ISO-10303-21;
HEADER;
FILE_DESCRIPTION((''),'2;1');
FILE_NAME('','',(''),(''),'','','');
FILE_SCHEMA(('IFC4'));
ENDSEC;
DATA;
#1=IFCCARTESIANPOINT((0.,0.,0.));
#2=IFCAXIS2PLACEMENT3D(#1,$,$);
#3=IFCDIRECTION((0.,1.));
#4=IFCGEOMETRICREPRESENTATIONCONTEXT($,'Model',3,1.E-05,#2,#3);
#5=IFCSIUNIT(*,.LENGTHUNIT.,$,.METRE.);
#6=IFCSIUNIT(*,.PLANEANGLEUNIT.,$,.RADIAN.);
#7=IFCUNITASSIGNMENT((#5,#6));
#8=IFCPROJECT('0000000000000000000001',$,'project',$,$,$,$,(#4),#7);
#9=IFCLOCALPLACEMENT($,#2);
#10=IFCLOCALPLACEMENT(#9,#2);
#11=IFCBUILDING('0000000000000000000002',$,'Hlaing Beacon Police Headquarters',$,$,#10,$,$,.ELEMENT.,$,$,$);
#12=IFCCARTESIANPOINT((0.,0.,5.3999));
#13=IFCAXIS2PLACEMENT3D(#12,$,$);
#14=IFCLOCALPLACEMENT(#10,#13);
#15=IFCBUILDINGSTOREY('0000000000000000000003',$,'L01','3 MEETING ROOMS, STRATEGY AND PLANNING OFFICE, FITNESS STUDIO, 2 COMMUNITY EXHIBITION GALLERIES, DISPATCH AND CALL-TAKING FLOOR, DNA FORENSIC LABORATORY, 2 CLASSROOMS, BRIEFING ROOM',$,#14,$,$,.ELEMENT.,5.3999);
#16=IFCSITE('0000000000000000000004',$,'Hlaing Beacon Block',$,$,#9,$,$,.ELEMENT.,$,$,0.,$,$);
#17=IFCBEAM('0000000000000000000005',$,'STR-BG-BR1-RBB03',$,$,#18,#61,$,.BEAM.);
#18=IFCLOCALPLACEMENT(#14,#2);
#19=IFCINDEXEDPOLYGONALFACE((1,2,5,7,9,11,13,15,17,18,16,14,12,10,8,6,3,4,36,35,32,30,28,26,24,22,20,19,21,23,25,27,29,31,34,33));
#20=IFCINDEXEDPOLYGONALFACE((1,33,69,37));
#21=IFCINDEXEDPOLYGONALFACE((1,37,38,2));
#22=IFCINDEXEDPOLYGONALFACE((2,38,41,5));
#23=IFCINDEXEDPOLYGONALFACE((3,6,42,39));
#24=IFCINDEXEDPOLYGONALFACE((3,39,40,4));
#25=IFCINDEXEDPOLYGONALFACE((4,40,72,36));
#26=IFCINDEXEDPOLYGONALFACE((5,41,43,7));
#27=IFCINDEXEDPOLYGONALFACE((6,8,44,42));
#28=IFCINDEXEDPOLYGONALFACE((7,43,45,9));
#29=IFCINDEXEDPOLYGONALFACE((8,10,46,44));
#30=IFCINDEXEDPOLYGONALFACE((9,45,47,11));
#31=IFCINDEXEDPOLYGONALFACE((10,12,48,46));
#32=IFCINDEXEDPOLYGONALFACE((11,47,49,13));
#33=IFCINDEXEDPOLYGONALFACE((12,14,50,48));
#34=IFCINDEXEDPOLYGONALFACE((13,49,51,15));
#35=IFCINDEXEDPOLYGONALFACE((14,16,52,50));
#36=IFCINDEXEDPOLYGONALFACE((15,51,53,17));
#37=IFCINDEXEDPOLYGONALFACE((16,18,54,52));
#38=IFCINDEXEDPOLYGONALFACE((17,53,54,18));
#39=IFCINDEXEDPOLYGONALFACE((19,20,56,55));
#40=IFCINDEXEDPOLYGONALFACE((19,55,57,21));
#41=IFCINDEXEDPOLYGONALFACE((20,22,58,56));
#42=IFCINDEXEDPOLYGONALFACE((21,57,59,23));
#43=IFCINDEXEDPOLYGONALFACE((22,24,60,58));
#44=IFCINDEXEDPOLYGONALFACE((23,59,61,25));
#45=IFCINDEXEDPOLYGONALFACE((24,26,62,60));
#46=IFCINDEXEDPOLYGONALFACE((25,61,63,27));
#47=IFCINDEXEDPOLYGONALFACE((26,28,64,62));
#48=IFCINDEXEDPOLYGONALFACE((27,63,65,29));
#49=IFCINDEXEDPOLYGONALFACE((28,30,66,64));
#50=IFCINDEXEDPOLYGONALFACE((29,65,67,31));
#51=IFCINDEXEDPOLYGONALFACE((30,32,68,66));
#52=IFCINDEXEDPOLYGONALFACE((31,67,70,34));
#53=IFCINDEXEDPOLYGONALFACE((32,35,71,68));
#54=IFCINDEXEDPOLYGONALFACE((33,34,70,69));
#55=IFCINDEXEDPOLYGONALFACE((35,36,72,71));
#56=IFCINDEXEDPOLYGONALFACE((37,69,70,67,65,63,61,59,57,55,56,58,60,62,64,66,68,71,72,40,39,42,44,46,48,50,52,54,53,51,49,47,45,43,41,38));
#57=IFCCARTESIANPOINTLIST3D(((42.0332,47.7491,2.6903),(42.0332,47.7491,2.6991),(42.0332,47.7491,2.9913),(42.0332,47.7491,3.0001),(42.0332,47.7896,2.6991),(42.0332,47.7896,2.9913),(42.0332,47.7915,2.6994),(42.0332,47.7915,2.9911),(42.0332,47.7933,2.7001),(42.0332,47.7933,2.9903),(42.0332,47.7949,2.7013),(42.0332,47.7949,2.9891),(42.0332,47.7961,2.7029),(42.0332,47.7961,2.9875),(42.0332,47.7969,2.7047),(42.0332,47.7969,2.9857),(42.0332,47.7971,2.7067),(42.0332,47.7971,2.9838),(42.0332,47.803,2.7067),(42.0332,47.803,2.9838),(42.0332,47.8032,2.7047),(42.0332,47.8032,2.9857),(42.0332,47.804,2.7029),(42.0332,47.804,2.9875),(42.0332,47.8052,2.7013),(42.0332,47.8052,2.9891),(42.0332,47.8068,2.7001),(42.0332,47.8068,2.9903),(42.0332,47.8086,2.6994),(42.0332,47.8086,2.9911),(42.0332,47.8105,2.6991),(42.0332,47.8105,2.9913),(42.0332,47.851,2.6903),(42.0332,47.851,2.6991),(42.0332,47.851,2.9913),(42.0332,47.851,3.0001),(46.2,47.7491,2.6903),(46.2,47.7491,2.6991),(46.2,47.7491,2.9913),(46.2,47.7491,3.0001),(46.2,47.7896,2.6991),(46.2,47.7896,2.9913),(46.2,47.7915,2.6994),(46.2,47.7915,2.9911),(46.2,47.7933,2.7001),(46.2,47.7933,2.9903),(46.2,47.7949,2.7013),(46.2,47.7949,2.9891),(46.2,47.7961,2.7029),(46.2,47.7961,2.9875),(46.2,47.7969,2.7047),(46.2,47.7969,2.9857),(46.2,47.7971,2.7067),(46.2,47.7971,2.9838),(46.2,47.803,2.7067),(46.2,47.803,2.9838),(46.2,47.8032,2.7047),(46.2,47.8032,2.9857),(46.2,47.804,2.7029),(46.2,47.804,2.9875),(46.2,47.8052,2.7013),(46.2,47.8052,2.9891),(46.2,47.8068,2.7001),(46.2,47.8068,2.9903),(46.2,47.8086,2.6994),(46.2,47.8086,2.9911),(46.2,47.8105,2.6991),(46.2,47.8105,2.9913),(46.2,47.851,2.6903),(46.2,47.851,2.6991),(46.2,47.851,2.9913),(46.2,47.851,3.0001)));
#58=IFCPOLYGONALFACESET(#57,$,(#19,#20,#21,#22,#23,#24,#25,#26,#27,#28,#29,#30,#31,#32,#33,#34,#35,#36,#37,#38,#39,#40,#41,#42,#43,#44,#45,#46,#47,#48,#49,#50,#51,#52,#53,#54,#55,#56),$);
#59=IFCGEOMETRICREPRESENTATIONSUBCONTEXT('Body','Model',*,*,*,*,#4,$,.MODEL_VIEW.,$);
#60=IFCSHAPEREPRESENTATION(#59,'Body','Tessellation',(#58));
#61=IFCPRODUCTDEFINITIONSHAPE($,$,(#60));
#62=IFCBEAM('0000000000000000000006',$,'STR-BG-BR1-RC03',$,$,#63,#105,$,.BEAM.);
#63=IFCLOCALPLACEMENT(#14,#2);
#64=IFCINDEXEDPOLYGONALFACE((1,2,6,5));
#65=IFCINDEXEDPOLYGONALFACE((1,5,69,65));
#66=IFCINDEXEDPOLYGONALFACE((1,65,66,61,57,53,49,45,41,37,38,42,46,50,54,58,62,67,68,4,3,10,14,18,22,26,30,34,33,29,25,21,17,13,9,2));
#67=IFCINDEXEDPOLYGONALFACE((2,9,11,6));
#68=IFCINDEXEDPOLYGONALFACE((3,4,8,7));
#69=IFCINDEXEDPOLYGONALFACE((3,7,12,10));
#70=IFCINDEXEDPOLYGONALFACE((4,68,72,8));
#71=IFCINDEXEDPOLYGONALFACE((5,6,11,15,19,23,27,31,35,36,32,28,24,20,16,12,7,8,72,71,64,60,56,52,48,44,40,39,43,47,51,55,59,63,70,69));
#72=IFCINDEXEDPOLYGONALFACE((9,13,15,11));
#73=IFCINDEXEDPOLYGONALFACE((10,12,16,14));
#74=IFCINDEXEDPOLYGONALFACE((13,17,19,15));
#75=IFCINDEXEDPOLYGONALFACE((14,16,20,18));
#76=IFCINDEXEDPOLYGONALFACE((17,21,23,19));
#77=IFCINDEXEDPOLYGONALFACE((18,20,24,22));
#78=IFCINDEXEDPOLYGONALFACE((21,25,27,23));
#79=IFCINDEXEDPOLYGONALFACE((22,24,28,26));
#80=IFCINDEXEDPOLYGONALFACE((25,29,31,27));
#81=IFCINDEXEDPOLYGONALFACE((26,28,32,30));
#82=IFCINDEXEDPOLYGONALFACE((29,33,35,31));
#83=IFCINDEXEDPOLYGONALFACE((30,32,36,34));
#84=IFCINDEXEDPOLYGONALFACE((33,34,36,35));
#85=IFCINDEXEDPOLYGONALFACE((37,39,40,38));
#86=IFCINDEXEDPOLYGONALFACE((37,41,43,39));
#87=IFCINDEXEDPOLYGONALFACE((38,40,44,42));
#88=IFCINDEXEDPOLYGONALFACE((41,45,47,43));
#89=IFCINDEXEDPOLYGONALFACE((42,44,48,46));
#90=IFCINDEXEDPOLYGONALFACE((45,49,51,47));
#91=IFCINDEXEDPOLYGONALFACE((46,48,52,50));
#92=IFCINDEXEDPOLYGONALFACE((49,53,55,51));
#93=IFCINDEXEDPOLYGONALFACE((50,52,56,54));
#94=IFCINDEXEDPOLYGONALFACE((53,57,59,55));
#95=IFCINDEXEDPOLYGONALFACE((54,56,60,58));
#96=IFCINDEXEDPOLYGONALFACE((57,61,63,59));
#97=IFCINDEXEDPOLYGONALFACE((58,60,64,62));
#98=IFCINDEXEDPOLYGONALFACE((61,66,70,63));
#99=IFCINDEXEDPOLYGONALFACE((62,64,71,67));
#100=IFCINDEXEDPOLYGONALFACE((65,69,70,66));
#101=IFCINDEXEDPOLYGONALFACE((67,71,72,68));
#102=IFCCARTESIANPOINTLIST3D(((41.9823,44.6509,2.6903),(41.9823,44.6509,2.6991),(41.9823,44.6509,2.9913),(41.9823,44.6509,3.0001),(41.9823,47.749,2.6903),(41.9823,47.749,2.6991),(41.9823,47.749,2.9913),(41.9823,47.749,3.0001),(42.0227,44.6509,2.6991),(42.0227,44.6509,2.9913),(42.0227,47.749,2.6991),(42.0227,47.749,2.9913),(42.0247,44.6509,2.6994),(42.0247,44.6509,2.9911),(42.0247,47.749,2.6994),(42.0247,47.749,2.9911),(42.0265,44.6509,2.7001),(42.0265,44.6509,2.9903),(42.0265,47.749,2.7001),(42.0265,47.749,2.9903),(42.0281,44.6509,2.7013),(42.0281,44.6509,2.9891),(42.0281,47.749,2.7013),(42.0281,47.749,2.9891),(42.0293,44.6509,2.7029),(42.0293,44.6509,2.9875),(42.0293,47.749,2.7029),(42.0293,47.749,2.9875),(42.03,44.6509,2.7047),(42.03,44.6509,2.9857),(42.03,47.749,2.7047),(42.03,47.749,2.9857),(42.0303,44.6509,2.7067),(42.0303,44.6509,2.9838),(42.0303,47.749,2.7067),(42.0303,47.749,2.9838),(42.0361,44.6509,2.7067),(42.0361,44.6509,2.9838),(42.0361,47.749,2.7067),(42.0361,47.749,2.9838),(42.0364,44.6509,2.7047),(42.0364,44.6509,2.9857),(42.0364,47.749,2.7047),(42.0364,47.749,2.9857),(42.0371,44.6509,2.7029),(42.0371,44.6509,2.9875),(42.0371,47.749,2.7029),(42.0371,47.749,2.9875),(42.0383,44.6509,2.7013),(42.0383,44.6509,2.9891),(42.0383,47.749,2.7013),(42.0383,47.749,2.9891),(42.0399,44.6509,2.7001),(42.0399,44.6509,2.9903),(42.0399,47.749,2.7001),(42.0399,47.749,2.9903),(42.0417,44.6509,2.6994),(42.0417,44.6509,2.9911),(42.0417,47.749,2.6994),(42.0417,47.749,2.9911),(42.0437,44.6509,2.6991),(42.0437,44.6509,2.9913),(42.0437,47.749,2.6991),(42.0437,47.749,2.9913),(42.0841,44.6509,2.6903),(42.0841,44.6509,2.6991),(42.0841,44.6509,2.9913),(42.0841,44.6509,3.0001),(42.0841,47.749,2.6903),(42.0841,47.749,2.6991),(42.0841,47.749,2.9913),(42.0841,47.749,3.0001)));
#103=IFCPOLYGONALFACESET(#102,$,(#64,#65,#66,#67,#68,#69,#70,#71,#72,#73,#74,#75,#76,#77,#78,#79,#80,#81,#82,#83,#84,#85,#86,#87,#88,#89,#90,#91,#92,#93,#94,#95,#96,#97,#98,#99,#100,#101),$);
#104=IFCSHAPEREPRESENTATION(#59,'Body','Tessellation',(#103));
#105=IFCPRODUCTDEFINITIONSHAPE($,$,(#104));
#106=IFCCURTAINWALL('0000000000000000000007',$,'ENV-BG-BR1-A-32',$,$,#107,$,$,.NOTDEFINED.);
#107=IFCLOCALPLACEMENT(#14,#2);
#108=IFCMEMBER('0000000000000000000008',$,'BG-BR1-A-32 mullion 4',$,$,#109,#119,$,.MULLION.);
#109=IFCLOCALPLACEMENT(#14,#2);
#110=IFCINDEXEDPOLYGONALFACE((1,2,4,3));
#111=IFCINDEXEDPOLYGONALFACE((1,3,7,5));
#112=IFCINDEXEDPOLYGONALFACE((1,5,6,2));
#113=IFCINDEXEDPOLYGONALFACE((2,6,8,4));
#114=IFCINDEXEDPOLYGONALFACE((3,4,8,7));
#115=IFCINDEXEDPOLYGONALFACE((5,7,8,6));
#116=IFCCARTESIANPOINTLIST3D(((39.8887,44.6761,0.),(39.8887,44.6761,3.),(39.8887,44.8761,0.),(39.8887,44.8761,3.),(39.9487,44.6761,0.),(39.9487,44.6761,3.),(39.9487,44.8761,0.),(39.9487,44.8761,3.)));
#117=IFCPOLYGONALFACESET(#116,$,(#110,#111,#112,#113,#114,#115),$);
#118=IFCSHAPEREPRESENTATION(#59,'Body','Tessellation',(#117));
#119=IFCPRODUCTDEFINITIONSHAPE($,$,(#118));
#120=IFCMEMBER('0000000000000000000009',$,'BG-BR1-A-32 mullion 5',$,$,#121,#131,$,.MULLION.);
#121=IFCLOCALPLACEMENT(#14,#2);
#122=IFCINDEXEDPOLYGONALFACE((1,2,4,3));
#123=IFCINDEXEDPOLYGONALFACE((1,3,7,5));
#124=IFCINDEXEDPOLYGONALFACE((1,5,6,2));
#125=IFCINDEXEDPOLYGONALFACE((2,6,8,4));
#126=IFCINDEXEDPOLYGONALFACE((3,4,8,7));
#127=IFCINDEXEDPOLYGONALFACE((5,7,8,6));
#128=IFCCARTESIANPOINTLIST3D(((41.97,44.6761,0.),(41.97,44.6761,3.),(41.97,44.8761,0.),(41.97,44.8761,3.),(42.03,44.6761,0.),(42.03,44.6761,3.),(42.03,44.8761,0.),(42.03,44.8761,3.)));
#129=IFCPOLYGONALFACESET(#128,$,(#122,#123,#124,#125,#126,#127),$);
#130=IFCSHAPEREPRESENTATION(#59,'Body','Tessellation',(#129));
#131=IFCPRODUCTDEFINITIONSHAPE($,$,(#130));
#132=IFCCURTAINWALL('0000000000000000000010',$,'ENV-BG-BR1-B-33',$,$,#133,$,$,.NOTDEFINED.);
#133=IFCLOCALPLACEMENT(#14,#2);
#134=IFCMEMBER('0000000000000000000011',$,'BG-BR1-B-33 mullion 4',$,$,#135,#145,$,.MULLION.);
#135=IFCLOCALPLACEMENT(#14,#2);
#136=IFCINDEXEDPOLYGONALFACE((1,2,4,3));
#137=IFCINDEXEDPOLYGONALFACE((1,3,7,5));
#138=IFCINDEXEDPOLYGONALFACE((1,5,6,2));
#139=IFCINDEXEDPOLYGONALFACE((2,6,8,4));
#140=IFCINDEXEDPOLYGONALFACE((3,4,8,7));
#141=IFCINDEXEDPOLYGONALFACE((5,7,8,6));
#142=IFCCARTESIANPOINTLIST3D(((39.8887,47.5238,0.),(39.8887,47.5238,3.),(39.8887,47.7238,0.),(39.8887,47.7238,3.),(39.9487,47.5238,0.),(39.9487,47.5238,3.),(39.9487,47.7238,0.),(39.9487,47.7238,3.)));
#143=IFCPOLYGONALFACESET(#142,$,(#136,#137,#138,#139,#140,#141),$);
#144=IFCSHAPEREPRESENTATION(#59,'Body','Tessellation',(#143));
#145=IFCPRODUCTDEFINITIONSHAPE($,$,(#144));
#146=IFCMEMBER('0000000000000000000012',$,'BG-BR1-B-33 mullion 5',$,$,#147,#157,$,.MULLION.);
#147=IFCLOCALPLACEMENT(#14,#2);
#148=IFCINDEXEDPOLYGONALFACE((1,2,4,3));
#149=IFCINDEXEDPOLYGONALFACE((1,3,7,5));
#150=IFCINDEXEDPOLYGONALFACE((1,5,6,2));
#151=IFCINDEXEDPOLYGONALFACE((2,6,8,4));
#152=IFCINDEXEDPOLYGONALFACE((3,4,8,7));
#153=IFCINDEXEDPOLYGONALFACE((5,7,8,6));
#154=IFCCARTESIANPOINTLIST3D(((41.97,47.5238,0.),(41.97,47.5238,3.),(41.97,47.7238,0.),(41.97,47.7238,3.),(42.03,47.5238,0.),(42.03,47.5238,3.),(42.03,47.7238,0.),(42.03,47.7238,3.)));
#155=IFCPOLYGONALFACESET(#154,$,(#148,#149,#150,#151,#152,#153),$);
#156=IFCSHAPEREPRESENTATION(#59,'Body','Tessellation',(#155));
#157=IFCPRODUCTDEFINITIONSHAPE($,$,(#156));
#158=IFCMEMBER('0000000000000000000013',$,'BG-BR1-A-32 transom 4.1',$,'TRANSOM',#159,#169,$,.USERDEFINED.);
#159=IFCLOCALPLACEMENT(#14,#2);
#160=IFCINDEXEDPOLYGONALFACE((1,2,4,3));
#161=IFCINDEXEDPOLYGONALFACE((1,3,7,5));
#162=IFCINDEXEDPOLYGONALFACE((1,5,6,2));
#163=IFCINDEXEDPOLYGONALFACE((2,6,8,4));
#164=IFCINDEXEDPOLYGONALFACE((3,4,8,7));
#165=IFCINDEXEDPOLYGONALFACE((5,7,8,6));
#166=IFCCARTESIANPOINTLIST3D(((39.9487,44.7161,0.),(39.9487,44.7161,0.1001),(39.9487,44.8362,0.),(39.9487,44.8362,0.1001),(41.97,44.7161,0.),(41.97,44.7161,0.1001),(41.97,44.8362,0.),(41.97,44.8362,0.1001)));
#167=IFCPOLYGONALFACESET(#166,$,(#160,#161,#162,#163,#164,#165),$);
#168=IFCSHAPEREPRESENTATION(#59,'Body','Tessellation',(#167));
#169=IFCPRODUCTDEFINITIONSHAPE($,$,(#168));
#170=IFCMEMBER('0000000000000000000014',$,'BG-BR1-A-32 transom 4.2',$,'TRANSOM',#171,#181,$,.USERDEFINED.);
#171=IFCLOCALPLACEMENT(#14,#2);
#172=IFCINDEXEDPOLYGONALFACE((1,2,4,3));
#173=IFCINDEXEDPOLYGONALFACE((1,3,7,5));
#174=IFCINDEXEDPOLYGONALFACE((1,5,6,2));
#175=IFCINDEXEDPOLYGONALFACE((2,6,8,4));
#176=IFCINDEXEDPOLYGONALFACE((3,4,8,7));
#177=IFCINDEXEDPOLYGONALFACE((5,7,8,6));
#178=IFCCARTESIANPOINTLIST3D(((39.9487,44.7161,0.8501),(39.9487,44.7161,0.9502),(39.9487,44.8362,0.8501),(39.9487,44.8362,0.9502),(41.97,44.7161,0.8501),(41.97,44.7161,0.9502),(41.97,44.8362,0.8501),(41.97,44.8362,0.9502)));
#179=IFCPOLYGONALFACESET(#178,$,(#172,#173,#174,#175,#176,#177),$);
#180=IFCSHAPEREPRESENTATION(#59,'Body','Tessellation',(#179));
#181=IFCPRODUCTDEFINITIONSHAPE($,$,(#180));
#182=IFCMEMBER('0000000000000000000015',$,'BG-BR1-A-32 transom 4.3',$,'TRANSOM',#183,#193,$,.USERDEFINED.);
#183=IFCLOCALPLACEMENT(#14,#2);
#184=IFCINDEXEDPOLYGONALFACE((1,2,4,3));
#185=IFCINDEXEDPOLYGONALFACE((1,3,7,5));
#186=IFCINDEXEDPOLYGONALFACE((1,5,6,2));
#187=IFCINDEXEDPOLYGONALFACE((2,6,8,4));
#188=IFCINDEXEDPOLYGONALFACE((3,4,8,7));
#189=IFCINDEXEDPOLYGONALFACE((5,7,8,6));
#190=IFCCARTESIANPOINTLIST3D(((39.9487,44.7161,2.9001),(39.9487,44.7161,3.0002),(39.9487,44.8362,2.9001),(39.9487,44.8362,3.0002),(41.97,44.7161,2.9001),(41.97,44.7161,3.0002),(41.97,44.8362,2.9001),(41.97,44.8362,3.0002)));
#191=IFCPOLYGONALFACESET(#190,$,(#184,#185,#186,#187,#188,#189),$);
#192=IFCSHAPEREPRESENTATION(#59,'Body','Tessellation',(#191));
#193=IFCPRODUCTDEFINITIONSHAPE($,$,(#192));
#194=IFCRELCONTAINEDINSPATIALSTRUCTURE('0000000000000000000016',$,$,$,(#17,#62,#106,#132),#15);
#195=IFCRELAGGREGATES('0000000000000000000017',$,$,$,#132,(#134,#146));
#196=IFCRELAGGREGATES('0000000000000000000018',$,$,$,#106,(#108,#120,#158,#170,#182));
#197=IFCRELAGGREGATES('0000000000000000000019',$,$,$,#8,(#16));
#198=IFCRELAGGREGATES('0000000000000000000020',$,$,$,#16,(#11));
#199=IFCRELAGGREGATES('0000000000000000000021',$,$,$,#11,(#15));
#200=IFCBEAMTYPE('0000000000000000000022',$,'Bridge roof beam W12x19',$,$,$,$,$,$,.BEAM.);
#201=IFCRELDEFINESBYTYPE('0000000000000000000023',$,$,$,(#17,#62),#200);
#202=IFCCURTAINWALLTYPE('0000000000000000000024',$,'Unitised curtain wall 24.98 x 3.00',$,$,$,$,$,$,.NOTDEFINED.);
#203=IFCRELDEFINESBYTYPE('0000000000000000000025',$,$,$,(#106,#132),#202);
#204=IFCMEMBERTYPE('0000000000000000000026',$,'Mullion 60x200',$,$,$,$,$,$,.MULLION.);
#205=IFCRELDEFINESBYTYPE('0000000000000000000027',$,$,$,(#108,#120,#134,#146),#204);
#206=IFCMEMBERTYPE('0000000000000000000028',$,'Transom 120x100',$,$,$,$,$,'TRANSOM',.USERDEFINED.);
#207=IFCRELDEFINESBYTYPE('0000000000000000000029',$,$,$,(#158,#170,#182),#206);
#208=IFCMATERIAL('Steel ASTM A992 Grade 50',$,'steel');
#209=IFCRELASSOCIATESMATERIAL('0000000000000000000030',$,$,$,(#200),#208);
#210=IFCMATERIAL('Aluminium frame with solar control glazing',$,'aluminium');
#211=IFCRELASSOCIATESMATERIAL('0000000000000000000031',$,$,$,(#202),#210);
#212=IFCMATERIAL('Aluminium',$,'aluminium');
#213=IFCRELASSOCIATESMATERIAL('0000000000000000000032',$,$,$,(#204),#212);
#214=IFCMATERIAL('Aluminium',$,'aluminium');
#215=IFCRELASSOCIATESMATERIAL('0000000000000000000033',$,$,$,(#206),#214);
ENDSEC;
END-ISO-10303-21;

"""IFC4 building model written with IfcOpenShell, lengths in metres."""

from ifc_helpers import new_model, si_unit, direction, frame, origin, origin_2d, place, context, subcontext, project, spatial, rectangle, i_section, extrude, material, material_profile, profile_set, type_object, element, aggregate, save


model = new_model("IFC4")

# Units and contexts
model_context = context("Model", 3, precision=1e-05, world=origin(), true_north=direction((0.0, 1.0)))
body_context = subcontext(model_context, "Body", "Model", "MODEL_VIEW")
ifc_project = project(units=[si_unit("LENGTHUNIT", "METRE"), si_unit("PLANEANGLEUNIT", "RADIAN")], contexts=[model_context])

# Site, building, storey
site_placement = place(None, origin())
site = spatial("IfcSite", under=ifc_project, at=site_placement, Name="Hlaing Beacon Block", CompositionType="ELEMENT", RefElevation=0.0)
building_placement = place(site_placement, origin())
building = spatial("IfcBuilding", under=site, at=building_placement, Name="Hlaing Beacon Police Headquarters", CompositionType="ELEMENT")
storey_placement = place(building_placement, frame((0.0, 0.0, 5.3999)))
storey = spatial("IfcBuildingStorey", under=building, at=storey_placement, Name="L01", Description="3 MEETING ROOMS, STRATEGY AND PLANNING OFFICE, FITNESS STUDIO, 2 COMMUNITY EXHIBITION GALLERIES, DISPATCH AND CALL-TAKING FLOOR, DNA FORENSIC LABORATORY, 2 CLASSROOMS, BRIEFING ROOM", CompositionType="ELEMENT", Elevation=5.3999)

# Beams
ifc_material_1 = material(Name="Steel ASTM A992 Grade 50", Category="steel")
ifc_material_profile_1 = material_profile(ifc_material_1, i_section(OverallWidth=0.1018, OverallDepth=0.3098, WebThickness=0.0059, FlangeThickness=0.0088, FilletRadius=0.0076, at=origin_2d()), Name="W12x19")
ifc_profile_set_1 = profile_set([ifc_material_profile_1], Name="Steel ASTM A992 Grade 50")
beam_type_1 = type_object("IfcBeamType", Name="Bridge roof beam W12x19", PredefinedType="BEAM", material=ifc_profile_set_1)
for number, where, z_axis, x_axis, name in (
    (1, (42.0332, 47.8, 2.8452), (1.0, 0.0, 0.0), (0.0, 1.0, 0.0), "STR-BG-BR1-RBB03"),
):
    element("IfcBeam", number, at=place(storey_placement, frame(where, z_axis=z_axis, x_axis=x_axis)), inside=storey, type_object=beam_type_1, Name=name, PredefinedType="BEAM", context=body_context, shape_type="SweptSolid", body=[
        extrude(i_section(OverallWidth=0.1018, OverallDepth=0.3098, WebThickness=0.0059, FlangeThickness=0.0088, FilletRadius=0.0076, at=origin_2d()), origin(), (0.0, 0.0, 1.0), 4.1667),
    ])
beam_placement = place(storey_placement, frame((42.0332, 44.6509, 2.8452), z_axis=(0.0, 1.0, 0.0), x_axis=(-1.0, 0.0, 0.0)))
element("IfcBeam", 2, at=beam_placement, inside=storey, type_object=beam_type_1, Name="STR-BG-BR1-RC03", PredefinedType="BEAM", context=body_context, shape_type="SweptSolid", body=[
    extrude(i_section(OverallWidth=0.1018, OverallDepth=0.3098, WebThickness=0.0059, FlangeThickness=0.0088, FilletRadius=0.0076, at=origin_2d()), origin(), (0.0, 0.0, 1.0), 3.0981),
])

# Curtain walls, members
ifc_material_2 = material(Name="Aluminium frame with solar control glazing", Category="aluminium")
curtain_wall_type = type_object("IfcCurtainWallType", Name="Unitised curtain wall 24.98 x 3.00", PredefinedType="NOTDEFINED", material=ifc_material_2)
curtain_wall_1_placement = place(storey_placement, origin())
curtain_wall_1 = element("IfcCurtainWall", 3, at=curtain_wall_1_placement, inside=storey, type_object=curtain_wall_type, Name="ENV-BG-BR1-A-32", PredefinedType="NOTDEFINED")
ifc_material_3 = material(Name="Aluminium", Category="aluminium")
ifc_material_profile_2 = material_profile(ifc_material_3, rectangle(XDim=0.2, YDim=0.0601, at=origin_2d()), Name="Mullion 60x200")
ifc_profile_set_2 = profile_set([ifc_material_profile_2], Name="Aluminium")
member_type_1 = type_object("IfcMemberType", Name="Mullion 60x200", PredefinedType="MULLION", material=ifc_profile_set_2)
member_1_placement = place(storey_placement, frame((39.9187, 44.7761, 0.0), z_axis=(0.0, 0.0, 1.0), x_axis=(0.0, 1.0, 0.0)))
member_1 = element("IfcMember", 4, at=member_1_placement, type_object=member_type_1, Name="BG-BR1-A-32 mullion 4", PredefinedType="MULLION", context=body_context, shape_type="SweptSolid", body=[
    extrude(rectangle(XDim=0.2, YDim=0.0601, at=origin_2d()), origin(), (0.0, 0.0, 1.0), 3.0),
])
member_2_placement = place(storey_placement, frame((42.0, 44.7761, 0.0), z_axis=(0.0, 0.0, 1.0), x_axis=(0.0, 1.0, 0.0)))
member_2 = element("IfcMember", 5, at=member_2_placement, type_object=member_type_1, Name="BG-BR1-A-32 mullion 5", PredefinedType="MULLION", context=body_context, shape_type="SweptSolid", body=[
    extrude(rectangle(XDim=0.2, YDim=0.0601, at=origin_2d()), origin(), (0.0, 0.0, 1.0), 3.0),
])
curtain_wall_2_placement = place(storey_placement, origin())
curtain_wall_2 = element("IfcCurtainWall", 6, at=curtain_wall_2_placement, inside=storey, type_object=curtain_wall_type, Name="ENV-BG-BR1-B-33", PredefinedType="NOTDEFINED")
member_3_placement = place(storey_placement, frame((39.9187, 47.6238, 0.0), z_axis=(0.0, 0.0, 1.0), x_axis=(0.0, 1.0, 0.0)))
member_3 = element("IfcMember", 7, at=member_3_placement, type_object=member_type_1, Name="BG-BR1-B-33 mullion 4", PredefinedType="MULLION", context=body_context, shape_type="SweptSolid", body=[
    extrude(rectangle(XDim=0.2, YDim=0.0601, at=origin_2d()), origin(), (0.0, 0.0, 1.0), 3.0),
])
member_4_placement = place(storey_placement, frame((42.0, 47.6238, 0.0), z_axis=(0.0, 0.0, 1.0), x_axis=(0.0, 1.0, 0.0)))
member_4 = element("IfcMember", 8, at=member_4_placement, type_object=member_type_1, Name="BG-BR1-B-33 mullion 5", PredefinedType="MULLION", context=body_context, shape_type="SweptSolid", body=[
    extrude(rectangle(XDim=0.2, YDim=0.0601, at=origin_2d()), origin(), (0.0, 0.0, 1.0), 3.0),
])

# Members
ifc_material_4 = material(Name="Aluminium", Category="aluminium")
ifc_material_profile_3 = material_profile(ifc_material_4, rectangle(XDim=0.1201, YDim=0.1001, at=origin_2d()), Name="Transom 120x100")
ifc_profile_set_3 = profile_set([ifc_material_profile_3], Name="Aluminium")
member_type_2 = type_object("IfcMemberType", Name="Transom 120x100", ElementType="TRANSOM", PredefinedType="USERDEFINED", material=ifc_profile_set_3)
member_5_placement = place(storey_placement, frame((39.9487, 44.7761, 0.05), z_axis=(1.0, 0.0, 0.0), x_axis=(0.0, 1.0, 0.0)))
member_5 = element("IfcMember", 9, at=member_5_placement, type_object=member_type_2, Name="BG-BR1-A-32 transom 4.1", ObjectType="TRANSOM", PredefinedType="USERDEFINED", context=body_context, shape_type="SweptSolid", body=[
    extrude(rectangle(XDim=0.1201, YDim=0.1001, at=origin_2d()), origin(), (0.0, 0.0, 1.0), 2.0212),
])
member_6_placement = place(storey_placement, frame((39.9487, 44.7761, 0.9001), z_axis=(1.0, 0.0, 0.0), x_axis=(0.0, 1.0, 0.0)))
member_6 = element("IfcMember", 10, at=member_6_placement, type_object=member_type_2, Name="BG-BR1-A-32 transom 4.2", ObjectType="TRANSOM", PredefinedType="USERDEFINED", context=body_context, shape_type="SweptSolid", body=[
    extrude(rectangle(XDim=0.1201, YDim=0.1001, at=origin_2d()), origin(), (0.0, 0.0, 1.0), 2.0212),
])
member_7_placement = place(storey_placement, frame((39.9487, 44.7761, 2.9502), z_axis=(1.0, 0.0, 0.0), x_axis=(0.0, 1.0, 0.0)))
member_7 = element("IfcMember", 11, at=member_7_placement, type_object=member_type_2, Name="BG-BR1-A-32 transom 4.3", ObjectType="TRANSOM", PredefinedType="USERDEFINED", context=body_context, shape_type="SweptSolid", body=[
    extrude(rectangle(XDim=0.1201, YDim=0.1001, at=origin_2d()), origin(), (0.0, 0.0, 1.0), 2.0212),
])

aggregate(curtain_wall_2, [member_3, member_4])
aggregate(curtain_wall_1, [member_1, member_2, member_5, member_6, member_7])

save(model, "model.ifc")
